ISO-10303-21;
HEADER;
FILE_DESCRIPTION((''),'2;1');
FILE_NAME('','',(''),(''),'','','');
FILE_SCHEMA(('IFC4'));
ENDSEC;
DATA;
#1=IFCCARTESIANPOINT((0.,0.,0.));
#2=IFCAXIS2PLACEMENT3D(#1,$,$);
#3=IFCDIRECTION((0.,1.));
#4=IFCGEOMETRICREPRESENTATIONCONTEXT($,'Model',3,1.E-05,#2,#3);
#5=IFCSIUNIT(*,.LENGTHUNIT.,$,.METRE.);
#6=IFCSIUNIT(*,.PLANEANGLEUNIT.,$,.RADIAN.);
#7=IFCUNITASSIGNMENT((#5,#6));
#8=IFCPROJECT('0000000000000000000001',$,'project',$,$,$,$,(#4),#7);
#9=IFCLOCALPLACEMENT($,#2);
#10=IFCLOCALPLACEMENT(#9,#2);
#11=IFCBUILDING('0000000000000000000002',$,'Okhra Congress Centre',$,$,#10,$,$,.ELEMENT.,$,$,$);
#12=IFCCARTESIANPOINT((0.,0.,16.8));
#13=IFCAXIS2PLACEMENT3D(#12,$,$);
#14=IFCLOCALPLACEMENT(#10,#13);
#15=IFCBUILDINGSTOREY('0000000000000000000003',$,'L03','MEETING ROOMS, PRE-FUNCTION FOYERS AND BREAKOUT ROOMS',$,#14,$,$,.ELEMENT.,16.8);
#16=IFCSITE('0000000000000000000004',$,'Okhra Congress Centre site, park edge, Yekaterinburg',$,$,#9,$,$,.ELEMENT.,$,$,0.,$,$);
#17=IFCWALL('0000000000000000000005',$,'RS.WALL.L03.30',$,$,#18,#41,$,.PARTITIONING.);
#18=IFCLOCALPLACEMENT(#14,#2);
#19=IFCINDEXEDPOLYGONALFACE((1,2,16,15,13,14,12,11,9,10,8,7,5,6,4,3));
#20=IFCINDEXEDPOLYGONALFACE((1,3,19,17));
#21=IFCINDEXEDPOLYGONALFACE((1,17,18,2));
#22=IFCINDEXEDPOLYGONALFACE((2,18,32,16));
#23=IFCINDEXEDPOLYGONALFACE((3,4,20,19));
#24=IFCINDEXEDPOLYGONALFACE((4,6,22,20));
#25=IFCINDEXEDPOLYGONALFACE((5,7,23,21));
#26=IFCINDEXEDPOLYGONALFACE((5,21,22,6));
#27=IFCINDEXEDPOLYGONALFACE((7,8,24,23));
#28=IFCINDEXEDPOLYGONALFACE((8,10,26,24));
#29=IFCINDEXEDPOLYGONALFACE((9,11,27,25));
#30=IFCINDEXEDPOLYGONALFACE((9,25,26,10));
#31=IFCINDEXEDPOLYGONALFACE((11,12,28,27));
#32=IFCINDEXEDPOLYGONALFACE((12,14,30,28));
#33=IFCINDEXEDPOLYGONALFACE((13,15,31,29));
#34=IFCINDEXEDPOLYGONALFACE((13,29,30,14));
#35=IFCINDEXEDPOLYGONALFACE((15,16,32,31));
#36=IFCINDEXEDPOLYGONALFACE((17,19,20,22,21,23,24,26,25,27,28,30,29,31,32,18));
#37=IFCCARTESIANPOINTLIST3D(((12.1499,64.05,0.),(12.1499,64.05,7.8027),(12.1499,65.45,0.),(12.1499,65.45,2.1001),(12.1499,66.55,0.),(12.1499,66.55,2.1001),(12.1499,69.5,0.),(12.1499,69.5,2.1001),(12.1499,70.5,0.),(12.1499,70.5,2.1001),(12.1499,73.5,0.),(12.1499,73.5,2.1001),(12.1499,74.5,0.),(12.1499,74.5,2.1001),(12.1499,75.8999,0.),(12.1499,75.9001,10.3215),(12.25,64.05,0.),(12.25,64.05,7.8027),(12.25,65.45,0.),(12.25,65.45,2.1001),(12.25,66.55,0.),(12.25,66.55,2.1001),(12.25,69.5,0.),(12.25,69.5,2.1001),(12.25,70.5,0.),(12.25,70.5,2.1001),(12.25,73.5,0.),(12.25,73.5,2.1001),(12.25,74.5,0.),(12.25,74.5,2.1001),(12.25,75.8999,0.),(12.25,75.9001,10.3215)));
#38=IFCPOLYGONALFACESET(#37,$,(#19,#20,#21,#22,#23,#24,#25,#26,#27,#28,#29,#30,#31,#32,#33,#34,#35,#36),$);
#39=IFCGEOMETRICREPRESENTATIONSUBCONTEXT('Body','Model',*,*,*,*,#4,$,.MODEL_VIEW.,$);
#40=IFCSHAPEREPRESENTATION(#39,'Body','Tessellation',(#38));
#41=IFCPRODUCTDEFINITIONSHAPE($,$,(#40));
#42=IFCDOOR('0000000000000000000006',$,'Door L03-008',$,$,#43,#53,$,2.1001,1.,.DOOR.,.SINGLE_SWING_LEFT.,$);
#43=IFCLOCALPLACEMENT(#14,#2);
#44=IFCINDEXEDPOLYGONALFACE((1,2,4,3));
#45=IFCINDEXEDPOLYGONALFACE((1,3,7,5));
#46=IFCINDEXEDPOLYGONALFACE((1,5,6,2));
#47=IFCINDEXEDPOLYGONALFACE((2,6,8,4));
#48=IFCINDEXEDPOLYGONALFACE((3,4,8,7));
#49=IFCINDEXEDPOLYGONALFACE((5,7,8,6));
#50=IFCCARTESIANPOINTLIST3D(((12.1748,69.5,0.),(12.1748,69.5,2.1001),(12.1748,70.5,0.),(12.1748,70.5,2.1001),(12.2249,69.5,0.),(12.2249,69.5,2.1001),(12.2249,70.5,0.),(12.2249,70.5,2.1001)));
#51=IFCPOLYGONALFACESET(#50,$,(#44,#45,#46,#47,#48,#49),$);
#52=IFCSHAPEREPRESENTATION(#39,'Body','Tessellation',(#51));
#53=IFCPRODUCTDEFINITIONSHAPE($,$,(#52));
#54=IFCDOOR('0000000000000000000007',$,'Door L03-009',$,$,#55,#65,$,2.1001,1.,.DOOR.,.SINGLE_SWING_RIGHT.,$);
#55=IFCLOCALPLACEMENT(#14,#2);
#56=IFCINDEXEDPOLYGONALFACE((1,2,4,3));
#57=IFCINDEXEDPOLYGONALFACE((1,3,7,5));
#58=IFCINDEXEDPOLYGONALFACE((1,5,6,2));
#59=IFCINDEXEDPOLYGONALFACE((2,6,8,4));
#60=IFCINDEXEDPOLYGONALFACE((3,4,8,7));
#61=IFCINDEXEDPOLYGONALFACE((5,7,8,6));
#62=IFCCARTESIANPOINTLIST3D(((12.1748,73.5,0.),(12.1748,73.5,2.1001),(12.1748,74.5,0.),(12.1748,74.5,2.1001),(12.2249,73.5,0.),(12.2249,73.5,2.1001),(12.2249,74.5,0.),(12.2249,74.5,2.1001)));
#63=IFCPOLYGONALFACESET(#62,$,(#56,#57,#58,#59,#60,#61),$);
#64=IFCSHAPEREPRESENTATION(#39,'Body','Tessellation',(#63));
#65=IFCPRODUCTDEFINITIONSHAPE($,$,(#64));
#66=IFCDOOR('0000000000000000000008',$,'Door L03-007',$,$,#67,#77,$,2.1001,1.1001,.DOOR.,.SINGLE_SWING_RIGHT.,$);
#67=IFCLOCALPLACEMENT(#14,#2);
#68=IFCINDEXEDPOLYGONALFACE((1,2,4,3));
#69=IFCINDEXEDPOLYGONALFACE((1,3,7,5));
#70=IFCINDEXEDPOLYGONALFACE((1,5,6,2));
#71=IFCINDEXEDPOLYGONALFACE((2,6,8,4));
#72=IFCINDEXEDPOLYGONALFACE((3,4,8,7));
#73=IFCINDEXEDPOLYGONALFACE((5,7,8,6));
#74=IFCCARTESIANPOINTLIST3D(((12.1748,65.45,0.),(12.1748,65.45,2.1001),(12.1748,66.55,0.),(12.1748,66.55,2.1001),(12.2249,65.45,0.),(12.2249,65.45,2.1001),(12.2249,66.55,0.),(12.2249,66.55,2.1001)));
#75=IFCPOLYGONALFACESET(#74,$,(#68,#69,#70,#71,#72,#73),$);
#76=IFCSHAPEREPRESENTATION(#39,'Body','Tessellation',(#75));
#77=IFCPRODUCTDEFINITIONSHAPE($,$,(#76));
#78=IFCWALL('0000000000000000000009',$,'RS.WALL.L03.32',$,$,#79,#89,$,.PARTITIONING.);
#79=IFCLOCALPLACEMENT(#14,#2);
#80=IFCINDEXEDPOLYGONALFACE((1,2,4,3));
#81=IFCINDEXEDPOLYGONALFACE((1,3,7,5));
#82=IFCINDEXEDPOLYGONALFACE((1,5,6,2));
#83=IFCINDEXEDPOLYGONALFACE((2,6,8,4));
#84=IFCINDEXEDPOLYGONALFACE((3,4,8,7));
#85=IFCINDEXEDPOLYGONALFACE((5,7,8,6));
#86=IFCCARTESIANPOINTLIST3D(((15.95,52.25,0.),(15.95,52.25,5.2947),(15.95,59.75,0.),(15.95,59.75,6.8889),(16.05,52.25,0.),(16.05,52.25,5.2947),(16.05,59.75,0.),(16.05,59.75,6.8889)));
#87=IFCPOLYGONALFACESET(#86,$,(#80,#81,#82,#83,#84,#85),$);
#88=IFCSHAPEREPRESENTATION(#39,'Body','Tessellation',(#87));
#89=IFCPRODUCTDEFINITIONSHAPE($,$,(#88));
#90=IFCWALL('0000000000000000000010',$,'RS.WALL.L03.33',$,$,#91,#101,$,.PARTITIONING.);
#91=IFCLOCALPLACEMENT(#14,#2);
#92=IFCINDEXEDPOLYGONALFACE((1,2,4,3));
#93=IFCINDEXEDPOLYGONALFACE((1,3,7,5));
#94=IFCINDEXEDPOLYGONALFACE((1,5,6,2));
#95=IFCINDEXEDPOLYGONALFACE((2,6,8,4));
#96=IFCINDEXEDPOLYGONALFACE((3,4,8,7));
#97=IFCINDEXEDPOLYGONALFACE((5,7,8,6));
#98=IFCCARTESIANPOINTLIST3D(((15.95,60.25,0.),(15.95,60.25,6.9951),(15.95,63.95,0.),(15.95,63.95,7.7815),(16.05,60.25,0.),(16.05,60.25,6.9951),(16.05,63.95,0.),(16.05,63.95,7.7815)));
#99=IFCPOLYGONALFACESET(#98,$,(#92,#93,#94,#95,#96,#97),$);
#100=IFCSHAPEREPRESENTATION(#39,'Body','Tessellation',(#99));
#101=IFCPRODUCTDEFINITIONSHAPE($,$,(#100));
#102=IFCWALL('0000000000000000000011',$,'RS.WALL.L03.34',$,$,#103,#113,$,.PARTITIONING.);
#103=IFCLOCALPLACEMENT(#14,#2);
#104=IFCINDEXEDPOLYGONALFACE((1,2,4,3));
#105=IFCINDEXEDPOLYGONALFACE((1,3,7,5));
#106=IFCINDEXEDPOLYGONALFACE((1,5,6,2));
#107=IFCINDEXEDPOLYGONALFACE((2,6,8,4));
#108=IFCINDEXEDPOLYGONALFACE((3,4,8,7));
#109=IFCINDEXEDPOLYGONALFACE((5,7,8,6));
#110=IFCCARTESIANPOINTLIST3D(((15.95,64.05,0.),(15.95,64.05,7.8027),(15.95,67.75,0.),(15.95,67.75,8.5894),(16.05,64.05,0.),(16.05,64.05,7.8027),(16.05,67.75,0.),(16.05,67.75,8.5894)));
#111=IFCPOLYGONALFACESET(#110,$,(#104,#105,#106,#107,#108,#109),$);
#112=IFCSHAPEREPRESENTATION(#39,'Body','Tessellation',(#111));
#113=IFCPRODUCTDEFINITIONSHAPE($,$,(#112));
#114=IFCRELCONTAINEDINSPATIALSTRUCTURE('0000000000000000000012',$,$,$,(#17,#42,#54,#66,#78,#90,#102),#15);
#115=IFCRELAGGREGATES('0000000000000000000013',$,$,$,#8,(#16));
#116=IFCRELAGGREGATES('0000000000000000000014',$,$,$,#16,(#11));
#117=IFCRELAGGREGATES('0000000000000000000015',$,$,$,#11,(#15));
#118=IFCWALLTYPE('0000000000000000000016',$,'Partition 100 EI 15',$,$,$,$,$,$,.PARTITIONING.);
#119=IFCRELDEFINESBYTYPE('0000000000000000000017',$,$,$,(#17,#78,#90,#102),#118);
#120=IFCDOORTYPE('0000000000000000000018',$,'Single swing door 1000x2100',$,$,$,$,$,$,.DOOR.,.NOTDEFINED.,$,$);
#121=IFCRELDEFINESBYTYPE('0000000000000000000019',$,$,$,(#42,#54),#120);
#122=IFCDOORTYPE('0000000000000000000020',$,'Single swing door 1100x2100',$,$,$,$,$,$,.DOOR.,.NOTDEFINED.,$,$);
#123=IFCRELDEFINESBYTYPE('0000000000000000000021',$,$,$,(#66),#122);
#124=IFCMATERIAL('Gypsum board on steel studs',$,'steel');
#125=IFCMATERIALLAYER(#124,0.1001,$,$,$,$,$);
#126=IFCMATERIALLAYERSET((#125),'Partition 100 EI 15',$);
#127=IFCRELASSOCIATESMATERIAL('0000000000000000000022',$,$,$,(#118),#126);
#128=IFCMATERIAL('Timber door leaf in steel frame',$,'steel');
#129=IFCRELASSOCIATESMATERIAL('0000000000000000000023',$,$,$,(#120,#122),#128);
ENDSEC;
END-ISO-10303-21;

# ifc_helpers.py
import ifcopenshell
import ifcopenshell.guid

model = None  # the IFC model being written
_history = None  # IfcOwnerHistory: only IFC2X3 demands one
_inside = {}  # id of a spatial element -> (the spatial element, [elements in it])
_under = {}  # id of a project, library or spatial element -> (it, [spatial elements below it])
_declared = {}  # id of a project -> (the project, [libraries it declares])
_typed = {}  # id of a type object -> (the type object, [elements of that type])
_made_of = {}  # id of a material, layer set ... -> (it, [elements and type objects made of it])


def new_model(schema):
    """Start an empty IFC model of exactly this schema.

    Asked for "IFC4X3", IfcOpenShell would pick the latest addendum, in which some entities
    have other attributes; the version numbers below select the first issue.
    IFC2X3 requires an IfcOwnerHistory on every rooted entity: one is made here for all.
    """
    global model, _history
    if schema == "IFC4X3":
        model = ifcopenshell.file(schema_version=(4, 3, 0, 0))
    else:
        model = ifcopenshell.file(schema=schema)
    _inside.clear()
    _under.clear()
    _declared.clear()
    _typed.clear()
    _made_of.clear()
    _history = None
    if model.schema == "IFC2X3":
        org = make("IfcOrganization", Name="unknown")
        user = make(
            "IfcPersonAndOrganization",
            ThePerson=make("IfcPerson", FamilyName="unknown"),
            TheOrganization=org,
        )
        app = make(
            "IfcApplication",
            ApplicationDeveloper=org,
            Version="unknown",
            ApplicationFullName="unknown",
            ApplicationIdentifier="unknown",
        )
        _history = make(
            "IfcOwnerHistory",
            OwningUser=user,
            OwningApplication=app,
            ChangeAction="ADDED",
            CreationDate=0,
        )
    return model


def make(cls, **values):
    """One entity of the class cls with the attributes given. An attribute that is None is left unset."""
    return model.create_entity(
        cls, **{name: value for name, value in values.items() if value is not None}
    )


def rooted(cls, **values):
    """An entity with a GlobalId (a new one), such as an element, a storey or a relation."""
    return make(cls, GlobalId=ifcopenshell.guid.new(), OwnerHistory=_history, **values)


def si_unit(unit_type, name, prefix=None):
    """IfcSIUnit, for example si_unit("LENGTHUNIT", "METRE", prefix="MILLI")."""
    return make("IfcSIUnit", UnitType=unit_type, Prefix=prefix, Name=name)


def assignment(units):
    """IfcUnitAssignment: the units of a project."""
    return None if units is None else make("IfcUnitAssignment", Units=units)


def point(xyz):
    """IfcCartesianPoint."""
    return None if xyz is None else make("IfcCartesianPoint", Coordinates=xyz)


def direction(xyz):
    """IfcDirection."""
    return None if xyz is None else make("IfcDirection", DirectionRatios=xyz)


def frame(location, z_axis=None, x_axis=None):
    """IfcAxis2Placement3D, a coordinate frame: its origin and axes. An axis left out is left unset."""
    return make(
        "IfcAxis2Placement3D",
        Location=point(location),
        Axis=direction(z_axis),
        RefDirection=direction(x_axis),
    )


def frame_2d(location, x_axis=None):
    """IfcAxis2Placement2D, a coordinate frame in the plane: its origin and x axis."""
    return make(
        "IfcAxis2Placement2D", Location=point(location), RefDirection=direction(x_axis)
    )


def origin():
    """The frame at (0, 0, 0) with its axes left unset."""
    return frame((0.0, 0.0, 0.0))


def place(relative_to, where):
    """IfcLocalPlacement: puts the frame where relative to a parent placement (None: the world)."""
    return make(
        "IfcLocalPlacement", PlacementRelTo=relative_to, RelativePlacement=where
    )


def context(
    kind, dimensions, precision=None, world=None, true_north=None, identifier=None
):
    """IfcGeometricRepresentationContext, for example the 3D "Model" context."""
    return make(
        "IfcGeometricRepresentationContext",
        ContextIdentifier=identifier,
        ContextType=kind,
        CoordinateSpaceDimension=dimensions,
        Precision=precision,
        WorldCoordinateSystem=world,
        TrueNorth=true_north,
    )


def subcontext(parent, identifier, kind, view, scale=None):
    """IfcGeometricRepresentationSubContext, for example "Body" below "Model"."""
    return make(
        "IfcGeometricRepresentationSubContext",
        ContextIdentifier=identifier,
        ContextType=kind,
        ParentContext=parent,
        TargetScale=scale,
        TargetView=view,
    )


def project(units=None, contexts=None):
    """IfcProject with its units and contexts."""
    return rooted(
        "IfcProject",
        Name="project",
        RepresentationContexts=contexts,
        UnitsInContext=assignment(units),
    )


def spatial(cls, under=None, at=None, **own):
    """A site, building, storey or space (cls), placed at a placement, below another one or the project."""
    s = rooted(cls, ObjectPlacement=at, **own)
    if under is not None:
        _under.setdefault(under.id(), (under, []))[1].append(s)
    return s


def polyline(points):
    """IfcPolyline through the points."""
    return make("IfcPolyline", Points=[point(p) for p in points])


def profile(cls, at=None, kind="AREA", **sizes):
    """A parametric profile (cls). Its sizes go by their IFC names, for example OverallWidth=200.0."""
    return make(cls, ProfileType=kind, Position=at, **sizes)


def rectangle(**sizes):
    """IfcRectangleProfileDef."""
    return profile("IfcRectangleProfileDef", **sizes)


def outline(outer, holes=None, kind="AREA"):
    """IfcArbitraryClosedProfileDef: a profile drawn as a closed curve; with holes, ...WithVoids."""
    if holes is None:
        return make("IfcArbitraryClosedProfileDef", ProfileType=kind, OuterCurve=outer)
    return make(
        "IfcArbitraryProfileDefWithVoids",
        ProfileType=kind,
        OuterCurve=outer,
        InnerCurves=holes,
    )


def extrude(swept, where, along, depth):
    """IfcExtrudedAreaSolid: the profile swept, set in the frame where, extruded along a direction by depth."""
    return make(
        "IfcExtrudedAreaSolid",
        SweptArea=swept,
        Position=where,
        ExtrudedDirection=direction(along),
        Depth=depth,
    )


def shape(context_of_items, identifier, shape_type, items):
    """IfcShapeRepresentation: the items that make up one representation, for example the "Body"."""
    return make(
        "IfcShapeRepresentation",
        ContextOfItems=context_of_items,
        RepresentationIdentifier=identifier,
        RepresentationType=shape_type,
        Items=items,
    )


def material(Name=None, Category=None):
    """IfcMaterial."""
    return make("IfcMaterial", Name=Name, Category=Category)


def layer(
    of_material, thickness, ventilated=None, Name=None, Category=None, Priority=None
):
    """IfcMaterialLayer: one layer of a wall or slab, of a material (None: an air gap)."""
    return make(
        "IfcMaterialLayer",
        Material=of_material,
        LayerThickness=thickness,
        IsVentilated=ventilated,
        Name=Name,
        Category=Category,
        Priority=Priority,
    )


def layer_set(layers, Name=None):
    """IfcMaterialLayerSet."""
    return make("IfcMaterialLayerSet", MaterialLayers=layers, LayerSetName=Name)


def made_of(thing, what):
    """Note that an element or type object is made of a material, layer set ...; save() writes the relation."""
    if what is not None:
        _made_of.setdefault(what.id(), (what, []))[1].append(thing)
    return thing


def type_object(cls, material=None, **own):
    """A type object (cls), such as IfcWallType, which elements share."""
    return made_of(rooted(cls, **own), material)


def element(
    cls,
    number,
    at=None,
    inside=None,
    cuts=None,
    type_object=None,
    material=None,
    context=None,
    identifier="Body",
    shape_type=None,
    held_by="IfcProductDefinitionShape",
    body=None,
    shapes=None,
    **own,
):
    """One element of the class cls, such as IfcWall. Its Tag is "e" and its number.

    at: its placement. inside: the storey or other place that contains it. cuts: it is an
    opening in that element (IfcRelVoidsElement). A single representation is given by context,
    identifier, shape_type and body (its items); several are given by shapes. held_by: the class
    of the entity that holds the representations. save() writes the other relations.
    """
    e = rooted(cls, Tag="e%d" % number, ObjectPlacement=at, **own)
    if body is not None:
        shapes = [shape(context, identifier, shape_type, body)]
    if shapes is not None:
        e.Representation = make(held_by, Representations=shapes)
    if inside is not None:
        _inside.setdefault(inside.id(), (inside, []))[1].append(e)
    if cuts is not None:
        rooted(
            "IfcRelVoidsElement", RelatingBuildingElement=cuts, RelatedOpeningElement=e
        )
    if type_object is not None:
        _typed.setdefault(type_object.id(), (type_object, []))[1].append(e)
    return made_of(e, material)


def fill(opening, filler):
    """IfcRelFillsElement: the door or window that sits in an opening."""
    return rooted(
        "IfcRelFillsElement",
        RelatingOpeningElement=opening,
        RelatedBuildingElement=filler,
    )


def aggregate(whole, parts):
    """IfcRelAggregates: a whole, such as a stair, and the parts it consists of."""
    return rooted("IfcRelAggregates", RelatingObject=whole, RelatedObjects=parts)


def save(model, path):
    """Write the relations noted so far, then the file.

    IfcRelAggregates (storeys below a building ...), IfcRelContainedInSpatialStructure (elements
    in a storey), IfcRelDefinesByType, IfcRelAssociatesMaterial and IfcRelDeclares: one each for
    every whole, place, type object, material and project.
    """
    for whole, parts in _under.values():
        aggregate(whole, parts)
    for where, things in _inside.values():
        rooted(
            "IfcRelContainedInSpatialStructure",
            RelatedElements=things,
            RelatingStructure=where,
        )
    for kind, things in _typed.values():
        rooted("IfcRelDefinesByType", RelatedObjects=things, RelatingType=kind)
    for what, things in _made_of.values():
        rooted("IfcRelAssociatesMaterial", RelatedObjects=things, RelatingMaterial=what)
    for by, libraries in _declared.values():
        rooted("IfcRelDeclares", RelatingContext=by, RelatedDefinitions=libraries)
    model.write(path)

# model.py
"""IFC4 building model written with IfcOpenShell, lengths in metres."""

from ifc_helpers import new_model, si_unit, direction, frame, frame_2d, origin, place, context, subcontext, project, spatial, polyline, rectangle, outline, extrude, material, layer, layer_set, type_object, element, fill, save


model = new_model("IFC4")

# Units and contexts
model_context = context("Model", 3, precision=1e-05, world=origin(), true_north=direction((0.0, 1.0)))
body_context = subcontext(model_context, "Body", "Model", "MODEL_VIEW")
ifc_project = project(units=[si_unit("LENGTHUNIT", "METRE"), si_unit("PLANEANGLEUNIT", "RADIAN")], contexts=[model_context])

# Site, building, storey
site_placement = place(None, origin())
site = spatial("IfcSite", under=ifc_project, at=site_placement, Name="Okhra Congress Centre site, park edge, Yekaterinburg", CompositionType="ELEMENT", RefElevation=0.0)
building_placement = place(site_placement, origin())
building = spatial("IfcBuilding", under=site, at=building_placement, Name="Okhra Congress Centre", CompositionType="ELEMENT")
storey_placement = place(building_placement, frame((0.0, 0.0, 16.8)))
storey = spatial("IfcBuildingStorey", under=building, at=storey_placement, Name="L03", Description="MEETING ROOMS, PRE-FUNCTION FOYERS AND BREAKOUT ROOMS", CompositionType="ELEMENT", Elevation=16.8)

# Shared definitions
ifc_material_1 = material(Name="Gypsum board on steel studs", Category="steel")
ifc_layer_1 = layer(ifc_material_1, 0.1001)
ifc_layer_set_1 = layer_set([ifc_layer_1], Name="Partition 100 EI 15")
wall_type_1 = type_object("IfcWallType", Name="Partition 100 EI 15", PredefinedType="PARTITIONING", material=ifc_layer_set_1)

# Shared definitions
ifc_material_2 = material(Name="Timber door leaf in steel frame", Category="steel")
door_type_1 = type_object("IfcDoorType", Name="Single swing door 1000x2100", OperationType="NOTDEFINED", PredefinedType="DOOR", material=ifc_material_2)

# Wall, openings, doors
wall_1_placement = place(storey_placement, frame((12.2, 64.05, 0.0), z_axis=(0.0, 0.0, 1.0), x_axis=(0.0, 1.0, 0.0)))
wall_1 = element("IfcWall", 1, at=wall_1_placement, inside=storey, type_object=wall_type_1, Name="RS.WALL.L03.30", PredefinedType="PARTITIONING", context=body_context, shape_type="SweptSolid", body=[
    extrude(outline(polyline([(0.0, 0.0), (11.8499, 0.0), (11.8501, 10.3215), (0.0, 7.8027), (0.0, 0.0)])), frame((0.0, 0.05, 0.0), z_axis=(0.0, -1.0, 0.0), x_axis=(1.0, 0.0, 0.0)), (0.0, 0.0, 1.0), 0.1001),
])
opening_1_placement = place(wall_1_placement, frame((1.3999, 0.0, 0.0)))
opening_1 = element("IfcOpeningElement", 2, at=opening_1_placement, cuts=wall_1, PredefinedType="OPENING", context=body_context, shape_type="SweptSolid", body=[
    extrude(rectangle(XDim=1.1001, YDim=2.1001, at=frame_2d((0.55, 1.05))), frame((0.0, 0.0601, 0.0), z_axis=(0.0, -1.0, 0.0), x_axis=(1.0, 0.0, 0.0)), (0.0, 0.0, 1.0), 0.1201),
])
opening_2_placement = place(wall_1_placement, frame((5.45, 0.0, 0.0)))
opening_2 = element("IfcOpeningElement", 3, at=opening_2_placement, cuts=wall_1, PredefinedType="OPENING", context=body_context, shape_type="SweptSolid", body=[
    extrude(rectangle(XDim=1.0, YDim=2.1001, at=frame_2d((0.5, 1.05))), frame((0.0, 0.0601, 0.0), z_axis=(0.0, -1.0, 0.0), x_axis=(1.0, 0.0, 0.0)), (0.0, 0.0, 1.0), 0.1201),
])
opening_3_placement = place(wall_1_placement, frame((9.45, 0.0, 0.0)))
opening_3 = element("IfcOpeningElement", 4, at=opening_3_placement, cuts=wall_1, PredefinedType="OPENING", context=body_context, shape_type="SweptSolid", body=[
    extrude(rectangle(XDim=1.0, YDim=2.1001, at=frame_2d((0.5, 1.05))), frame((0.0, 0.0601, 0.0), z_axis=(0.0, -1.0, 0.0), x_axis=(1.0, 0.0, 0.0)), (0.0, 0.0, 1.0), 0.1201),
])
door_1_placement = place(opening_2_placement, frame((1.0, 0.0, 0.0), z_axis=(0.0, 0.0, 1.0), x_axis=(-1.0, 0.0, 0.0)))
door_1 = element("IfcDoor", 5, at=door_1_placement, inside=storey, type_object=door_type_1, Name="Door L03-008", OperationType="SINGLE_SWING_LEFT", OverallHeight=2.1001, OverallWidth=1.0, PredefinedType="DOOR", context=body_context, shape_type="SweptSolid", body=[
    extrude(rectangle(XDim=1.0, YDim=2.1001, at=frame_2d((0.5, 1.05))), frame((0.0, 0.0249, 0.0), z_axis=(0.0, -1.0, 0.0), x_axis=(1.0, 0.0, 0.0)), (0.0, 0.0, 1.0), 0.05),
])
fill(opening_2, door_1)
door_2_placement = place(opening_3_placement, frame((1.0, 0.0, 0.0), z_axis=(0.0, 0.0, 1.0), x_axis=(-1.0, 0.0, 0.0)))
door_2 = element("IfcDoor", 6, at=door_2_placement, inside=storey, type_object=door_type_1, Name="Door L03-009", OperationType="SINGLE_SWING_RIGHT", OverallHeight=2.1001, OverallWidth=1.0, PredefinedType="DOOR", context=body_context, shape_type="SweptSolid", body=[
    extrude(rectangle(XDim=1.0, YDim=2.1001, at=frame_2d((0.5, 1.05))), frame((0.0, 0.0249, 0.0), z_axis=(0.0, -1.0, 0.0), x_axis=(1.0, 0.0, 0.0)), (0.0, 0.0, 1.0), 0.05),
])
fill(opening_3, door_2)
door_type_2 = type_object("IfcDoorType", Name="Single swing door 1100x2100", OperationType="NOTDEFINED", PredefinedType="DOOR", material=ifc_material_2)
door_3_placement = place(opening_1_placement, frame((1.1001, 0.0, 0.0), z_axis=(0.0, 0.0, 1.0), x_axis=(-1.0, 0.0, 0.0)))
door_3 = element("IfcDoor", 7, at=door_3_placement, inside=storey, type_object=door_type_2, Name="Door L03-007", OperationType="SINGLE_SWING_RIGHT", OverallHeight=2.1001, OverallWidth=1.1001, PredefinedType="DOOR", context=body_context, shape_type="SweptSolid", body=[
    extrude(rectangle(XDim=1.1001, YDim=2.1001, at=frame_2d((0.55, 1.05))), frame((0.0, 0.0249, 0.0), z_axis=(0.0, -1.0, 0.0), x_axis=(1.0, 0.0, 0.0)), (0.0, 0.0, 1.0), 0.05),
])
fill(opening_1, door_3)

# Walls
wall_2_placement = place(storey_placement, frame((16.0, 52.25, 0.0), z_axis=(0.0, 0.0, 1.0), x_axis=(0.0, 1.0, 0.0)))
element("IfcWall", 8, at=wall_2_placement, inside=storey, type_object=wall_type_1, Name="RS.WALL.L03.32", PredefinedType="PARTITIONING", context=body_context, shape_type="SweptSolid", body=[
    extrude(outline(polyline([(0.0, 0.0), (7.5, 0.0), (7.5, 6.8889), (0.0, 5.2947), (0.0, 0.0)])), frame((0.0, 0.05, 0.0), z_axis=(0.0, -1.0, 0.0), x_axis=(1.0, 0.0, 0.0)), (0.0, 0.0, 1.0), 0.1001),
])
wall_3_placement = place(storey_placement, frame((16.0, 60.25, 0.0), z_axis=(0.0, 0.0, 1.0), x_axis=(0.0, 1.0, 0.0)))
element("IfcWall", 9, at=wall_3_placement, inside=storey, type_object=wall_type_1, Name="RS.WALL.L03.33", PredefinedType="PARTITIONING", context=body_context, shape_type="SweptSolid", body=[
    extrude(outline(polyline([(0.0, 0.0), (3.7, 0.0), (3.7, 7.7815), (0.0, 6.9951), (0.0, 0.0)])), frame((0.0, 0.05, 0.0), z_axis=(0.0, -1.0, 0.0), x_axis=(1.0, 0.0, 0.0)), (0.0, 0.0, 1.0), 0.1001),
])
wall_4_placement = place(storey_placement, frame((16.0, 64.05, 0.0), z_axis=(0.0, 0.0, 1.0), x_axis=(0.0, 1.0, 0.0)))
element("IfcWall", 10, at=wall_4_placement, inside=storey, type_object=wall_type_1, Name="RS.WALL.L03.34", PredefinedType="PARTITIONING", context=body_context, shape_type="SweptSolid", body=[
    extrude(outline(polyline([(0.0, 0.0), (3.7, 0.0), (3.7, 8.5894), (0.0, 7.8027), (0.0, 0.0)])), frame((0.0, 0.05, 0.0), z_axis=(0.0, -1.0, 0.0), x_axis=(1.0, 0.0, 0.0)), (0.0, 0.0, 1.0), 0.1001),
])

save(model, "model.ifc")
